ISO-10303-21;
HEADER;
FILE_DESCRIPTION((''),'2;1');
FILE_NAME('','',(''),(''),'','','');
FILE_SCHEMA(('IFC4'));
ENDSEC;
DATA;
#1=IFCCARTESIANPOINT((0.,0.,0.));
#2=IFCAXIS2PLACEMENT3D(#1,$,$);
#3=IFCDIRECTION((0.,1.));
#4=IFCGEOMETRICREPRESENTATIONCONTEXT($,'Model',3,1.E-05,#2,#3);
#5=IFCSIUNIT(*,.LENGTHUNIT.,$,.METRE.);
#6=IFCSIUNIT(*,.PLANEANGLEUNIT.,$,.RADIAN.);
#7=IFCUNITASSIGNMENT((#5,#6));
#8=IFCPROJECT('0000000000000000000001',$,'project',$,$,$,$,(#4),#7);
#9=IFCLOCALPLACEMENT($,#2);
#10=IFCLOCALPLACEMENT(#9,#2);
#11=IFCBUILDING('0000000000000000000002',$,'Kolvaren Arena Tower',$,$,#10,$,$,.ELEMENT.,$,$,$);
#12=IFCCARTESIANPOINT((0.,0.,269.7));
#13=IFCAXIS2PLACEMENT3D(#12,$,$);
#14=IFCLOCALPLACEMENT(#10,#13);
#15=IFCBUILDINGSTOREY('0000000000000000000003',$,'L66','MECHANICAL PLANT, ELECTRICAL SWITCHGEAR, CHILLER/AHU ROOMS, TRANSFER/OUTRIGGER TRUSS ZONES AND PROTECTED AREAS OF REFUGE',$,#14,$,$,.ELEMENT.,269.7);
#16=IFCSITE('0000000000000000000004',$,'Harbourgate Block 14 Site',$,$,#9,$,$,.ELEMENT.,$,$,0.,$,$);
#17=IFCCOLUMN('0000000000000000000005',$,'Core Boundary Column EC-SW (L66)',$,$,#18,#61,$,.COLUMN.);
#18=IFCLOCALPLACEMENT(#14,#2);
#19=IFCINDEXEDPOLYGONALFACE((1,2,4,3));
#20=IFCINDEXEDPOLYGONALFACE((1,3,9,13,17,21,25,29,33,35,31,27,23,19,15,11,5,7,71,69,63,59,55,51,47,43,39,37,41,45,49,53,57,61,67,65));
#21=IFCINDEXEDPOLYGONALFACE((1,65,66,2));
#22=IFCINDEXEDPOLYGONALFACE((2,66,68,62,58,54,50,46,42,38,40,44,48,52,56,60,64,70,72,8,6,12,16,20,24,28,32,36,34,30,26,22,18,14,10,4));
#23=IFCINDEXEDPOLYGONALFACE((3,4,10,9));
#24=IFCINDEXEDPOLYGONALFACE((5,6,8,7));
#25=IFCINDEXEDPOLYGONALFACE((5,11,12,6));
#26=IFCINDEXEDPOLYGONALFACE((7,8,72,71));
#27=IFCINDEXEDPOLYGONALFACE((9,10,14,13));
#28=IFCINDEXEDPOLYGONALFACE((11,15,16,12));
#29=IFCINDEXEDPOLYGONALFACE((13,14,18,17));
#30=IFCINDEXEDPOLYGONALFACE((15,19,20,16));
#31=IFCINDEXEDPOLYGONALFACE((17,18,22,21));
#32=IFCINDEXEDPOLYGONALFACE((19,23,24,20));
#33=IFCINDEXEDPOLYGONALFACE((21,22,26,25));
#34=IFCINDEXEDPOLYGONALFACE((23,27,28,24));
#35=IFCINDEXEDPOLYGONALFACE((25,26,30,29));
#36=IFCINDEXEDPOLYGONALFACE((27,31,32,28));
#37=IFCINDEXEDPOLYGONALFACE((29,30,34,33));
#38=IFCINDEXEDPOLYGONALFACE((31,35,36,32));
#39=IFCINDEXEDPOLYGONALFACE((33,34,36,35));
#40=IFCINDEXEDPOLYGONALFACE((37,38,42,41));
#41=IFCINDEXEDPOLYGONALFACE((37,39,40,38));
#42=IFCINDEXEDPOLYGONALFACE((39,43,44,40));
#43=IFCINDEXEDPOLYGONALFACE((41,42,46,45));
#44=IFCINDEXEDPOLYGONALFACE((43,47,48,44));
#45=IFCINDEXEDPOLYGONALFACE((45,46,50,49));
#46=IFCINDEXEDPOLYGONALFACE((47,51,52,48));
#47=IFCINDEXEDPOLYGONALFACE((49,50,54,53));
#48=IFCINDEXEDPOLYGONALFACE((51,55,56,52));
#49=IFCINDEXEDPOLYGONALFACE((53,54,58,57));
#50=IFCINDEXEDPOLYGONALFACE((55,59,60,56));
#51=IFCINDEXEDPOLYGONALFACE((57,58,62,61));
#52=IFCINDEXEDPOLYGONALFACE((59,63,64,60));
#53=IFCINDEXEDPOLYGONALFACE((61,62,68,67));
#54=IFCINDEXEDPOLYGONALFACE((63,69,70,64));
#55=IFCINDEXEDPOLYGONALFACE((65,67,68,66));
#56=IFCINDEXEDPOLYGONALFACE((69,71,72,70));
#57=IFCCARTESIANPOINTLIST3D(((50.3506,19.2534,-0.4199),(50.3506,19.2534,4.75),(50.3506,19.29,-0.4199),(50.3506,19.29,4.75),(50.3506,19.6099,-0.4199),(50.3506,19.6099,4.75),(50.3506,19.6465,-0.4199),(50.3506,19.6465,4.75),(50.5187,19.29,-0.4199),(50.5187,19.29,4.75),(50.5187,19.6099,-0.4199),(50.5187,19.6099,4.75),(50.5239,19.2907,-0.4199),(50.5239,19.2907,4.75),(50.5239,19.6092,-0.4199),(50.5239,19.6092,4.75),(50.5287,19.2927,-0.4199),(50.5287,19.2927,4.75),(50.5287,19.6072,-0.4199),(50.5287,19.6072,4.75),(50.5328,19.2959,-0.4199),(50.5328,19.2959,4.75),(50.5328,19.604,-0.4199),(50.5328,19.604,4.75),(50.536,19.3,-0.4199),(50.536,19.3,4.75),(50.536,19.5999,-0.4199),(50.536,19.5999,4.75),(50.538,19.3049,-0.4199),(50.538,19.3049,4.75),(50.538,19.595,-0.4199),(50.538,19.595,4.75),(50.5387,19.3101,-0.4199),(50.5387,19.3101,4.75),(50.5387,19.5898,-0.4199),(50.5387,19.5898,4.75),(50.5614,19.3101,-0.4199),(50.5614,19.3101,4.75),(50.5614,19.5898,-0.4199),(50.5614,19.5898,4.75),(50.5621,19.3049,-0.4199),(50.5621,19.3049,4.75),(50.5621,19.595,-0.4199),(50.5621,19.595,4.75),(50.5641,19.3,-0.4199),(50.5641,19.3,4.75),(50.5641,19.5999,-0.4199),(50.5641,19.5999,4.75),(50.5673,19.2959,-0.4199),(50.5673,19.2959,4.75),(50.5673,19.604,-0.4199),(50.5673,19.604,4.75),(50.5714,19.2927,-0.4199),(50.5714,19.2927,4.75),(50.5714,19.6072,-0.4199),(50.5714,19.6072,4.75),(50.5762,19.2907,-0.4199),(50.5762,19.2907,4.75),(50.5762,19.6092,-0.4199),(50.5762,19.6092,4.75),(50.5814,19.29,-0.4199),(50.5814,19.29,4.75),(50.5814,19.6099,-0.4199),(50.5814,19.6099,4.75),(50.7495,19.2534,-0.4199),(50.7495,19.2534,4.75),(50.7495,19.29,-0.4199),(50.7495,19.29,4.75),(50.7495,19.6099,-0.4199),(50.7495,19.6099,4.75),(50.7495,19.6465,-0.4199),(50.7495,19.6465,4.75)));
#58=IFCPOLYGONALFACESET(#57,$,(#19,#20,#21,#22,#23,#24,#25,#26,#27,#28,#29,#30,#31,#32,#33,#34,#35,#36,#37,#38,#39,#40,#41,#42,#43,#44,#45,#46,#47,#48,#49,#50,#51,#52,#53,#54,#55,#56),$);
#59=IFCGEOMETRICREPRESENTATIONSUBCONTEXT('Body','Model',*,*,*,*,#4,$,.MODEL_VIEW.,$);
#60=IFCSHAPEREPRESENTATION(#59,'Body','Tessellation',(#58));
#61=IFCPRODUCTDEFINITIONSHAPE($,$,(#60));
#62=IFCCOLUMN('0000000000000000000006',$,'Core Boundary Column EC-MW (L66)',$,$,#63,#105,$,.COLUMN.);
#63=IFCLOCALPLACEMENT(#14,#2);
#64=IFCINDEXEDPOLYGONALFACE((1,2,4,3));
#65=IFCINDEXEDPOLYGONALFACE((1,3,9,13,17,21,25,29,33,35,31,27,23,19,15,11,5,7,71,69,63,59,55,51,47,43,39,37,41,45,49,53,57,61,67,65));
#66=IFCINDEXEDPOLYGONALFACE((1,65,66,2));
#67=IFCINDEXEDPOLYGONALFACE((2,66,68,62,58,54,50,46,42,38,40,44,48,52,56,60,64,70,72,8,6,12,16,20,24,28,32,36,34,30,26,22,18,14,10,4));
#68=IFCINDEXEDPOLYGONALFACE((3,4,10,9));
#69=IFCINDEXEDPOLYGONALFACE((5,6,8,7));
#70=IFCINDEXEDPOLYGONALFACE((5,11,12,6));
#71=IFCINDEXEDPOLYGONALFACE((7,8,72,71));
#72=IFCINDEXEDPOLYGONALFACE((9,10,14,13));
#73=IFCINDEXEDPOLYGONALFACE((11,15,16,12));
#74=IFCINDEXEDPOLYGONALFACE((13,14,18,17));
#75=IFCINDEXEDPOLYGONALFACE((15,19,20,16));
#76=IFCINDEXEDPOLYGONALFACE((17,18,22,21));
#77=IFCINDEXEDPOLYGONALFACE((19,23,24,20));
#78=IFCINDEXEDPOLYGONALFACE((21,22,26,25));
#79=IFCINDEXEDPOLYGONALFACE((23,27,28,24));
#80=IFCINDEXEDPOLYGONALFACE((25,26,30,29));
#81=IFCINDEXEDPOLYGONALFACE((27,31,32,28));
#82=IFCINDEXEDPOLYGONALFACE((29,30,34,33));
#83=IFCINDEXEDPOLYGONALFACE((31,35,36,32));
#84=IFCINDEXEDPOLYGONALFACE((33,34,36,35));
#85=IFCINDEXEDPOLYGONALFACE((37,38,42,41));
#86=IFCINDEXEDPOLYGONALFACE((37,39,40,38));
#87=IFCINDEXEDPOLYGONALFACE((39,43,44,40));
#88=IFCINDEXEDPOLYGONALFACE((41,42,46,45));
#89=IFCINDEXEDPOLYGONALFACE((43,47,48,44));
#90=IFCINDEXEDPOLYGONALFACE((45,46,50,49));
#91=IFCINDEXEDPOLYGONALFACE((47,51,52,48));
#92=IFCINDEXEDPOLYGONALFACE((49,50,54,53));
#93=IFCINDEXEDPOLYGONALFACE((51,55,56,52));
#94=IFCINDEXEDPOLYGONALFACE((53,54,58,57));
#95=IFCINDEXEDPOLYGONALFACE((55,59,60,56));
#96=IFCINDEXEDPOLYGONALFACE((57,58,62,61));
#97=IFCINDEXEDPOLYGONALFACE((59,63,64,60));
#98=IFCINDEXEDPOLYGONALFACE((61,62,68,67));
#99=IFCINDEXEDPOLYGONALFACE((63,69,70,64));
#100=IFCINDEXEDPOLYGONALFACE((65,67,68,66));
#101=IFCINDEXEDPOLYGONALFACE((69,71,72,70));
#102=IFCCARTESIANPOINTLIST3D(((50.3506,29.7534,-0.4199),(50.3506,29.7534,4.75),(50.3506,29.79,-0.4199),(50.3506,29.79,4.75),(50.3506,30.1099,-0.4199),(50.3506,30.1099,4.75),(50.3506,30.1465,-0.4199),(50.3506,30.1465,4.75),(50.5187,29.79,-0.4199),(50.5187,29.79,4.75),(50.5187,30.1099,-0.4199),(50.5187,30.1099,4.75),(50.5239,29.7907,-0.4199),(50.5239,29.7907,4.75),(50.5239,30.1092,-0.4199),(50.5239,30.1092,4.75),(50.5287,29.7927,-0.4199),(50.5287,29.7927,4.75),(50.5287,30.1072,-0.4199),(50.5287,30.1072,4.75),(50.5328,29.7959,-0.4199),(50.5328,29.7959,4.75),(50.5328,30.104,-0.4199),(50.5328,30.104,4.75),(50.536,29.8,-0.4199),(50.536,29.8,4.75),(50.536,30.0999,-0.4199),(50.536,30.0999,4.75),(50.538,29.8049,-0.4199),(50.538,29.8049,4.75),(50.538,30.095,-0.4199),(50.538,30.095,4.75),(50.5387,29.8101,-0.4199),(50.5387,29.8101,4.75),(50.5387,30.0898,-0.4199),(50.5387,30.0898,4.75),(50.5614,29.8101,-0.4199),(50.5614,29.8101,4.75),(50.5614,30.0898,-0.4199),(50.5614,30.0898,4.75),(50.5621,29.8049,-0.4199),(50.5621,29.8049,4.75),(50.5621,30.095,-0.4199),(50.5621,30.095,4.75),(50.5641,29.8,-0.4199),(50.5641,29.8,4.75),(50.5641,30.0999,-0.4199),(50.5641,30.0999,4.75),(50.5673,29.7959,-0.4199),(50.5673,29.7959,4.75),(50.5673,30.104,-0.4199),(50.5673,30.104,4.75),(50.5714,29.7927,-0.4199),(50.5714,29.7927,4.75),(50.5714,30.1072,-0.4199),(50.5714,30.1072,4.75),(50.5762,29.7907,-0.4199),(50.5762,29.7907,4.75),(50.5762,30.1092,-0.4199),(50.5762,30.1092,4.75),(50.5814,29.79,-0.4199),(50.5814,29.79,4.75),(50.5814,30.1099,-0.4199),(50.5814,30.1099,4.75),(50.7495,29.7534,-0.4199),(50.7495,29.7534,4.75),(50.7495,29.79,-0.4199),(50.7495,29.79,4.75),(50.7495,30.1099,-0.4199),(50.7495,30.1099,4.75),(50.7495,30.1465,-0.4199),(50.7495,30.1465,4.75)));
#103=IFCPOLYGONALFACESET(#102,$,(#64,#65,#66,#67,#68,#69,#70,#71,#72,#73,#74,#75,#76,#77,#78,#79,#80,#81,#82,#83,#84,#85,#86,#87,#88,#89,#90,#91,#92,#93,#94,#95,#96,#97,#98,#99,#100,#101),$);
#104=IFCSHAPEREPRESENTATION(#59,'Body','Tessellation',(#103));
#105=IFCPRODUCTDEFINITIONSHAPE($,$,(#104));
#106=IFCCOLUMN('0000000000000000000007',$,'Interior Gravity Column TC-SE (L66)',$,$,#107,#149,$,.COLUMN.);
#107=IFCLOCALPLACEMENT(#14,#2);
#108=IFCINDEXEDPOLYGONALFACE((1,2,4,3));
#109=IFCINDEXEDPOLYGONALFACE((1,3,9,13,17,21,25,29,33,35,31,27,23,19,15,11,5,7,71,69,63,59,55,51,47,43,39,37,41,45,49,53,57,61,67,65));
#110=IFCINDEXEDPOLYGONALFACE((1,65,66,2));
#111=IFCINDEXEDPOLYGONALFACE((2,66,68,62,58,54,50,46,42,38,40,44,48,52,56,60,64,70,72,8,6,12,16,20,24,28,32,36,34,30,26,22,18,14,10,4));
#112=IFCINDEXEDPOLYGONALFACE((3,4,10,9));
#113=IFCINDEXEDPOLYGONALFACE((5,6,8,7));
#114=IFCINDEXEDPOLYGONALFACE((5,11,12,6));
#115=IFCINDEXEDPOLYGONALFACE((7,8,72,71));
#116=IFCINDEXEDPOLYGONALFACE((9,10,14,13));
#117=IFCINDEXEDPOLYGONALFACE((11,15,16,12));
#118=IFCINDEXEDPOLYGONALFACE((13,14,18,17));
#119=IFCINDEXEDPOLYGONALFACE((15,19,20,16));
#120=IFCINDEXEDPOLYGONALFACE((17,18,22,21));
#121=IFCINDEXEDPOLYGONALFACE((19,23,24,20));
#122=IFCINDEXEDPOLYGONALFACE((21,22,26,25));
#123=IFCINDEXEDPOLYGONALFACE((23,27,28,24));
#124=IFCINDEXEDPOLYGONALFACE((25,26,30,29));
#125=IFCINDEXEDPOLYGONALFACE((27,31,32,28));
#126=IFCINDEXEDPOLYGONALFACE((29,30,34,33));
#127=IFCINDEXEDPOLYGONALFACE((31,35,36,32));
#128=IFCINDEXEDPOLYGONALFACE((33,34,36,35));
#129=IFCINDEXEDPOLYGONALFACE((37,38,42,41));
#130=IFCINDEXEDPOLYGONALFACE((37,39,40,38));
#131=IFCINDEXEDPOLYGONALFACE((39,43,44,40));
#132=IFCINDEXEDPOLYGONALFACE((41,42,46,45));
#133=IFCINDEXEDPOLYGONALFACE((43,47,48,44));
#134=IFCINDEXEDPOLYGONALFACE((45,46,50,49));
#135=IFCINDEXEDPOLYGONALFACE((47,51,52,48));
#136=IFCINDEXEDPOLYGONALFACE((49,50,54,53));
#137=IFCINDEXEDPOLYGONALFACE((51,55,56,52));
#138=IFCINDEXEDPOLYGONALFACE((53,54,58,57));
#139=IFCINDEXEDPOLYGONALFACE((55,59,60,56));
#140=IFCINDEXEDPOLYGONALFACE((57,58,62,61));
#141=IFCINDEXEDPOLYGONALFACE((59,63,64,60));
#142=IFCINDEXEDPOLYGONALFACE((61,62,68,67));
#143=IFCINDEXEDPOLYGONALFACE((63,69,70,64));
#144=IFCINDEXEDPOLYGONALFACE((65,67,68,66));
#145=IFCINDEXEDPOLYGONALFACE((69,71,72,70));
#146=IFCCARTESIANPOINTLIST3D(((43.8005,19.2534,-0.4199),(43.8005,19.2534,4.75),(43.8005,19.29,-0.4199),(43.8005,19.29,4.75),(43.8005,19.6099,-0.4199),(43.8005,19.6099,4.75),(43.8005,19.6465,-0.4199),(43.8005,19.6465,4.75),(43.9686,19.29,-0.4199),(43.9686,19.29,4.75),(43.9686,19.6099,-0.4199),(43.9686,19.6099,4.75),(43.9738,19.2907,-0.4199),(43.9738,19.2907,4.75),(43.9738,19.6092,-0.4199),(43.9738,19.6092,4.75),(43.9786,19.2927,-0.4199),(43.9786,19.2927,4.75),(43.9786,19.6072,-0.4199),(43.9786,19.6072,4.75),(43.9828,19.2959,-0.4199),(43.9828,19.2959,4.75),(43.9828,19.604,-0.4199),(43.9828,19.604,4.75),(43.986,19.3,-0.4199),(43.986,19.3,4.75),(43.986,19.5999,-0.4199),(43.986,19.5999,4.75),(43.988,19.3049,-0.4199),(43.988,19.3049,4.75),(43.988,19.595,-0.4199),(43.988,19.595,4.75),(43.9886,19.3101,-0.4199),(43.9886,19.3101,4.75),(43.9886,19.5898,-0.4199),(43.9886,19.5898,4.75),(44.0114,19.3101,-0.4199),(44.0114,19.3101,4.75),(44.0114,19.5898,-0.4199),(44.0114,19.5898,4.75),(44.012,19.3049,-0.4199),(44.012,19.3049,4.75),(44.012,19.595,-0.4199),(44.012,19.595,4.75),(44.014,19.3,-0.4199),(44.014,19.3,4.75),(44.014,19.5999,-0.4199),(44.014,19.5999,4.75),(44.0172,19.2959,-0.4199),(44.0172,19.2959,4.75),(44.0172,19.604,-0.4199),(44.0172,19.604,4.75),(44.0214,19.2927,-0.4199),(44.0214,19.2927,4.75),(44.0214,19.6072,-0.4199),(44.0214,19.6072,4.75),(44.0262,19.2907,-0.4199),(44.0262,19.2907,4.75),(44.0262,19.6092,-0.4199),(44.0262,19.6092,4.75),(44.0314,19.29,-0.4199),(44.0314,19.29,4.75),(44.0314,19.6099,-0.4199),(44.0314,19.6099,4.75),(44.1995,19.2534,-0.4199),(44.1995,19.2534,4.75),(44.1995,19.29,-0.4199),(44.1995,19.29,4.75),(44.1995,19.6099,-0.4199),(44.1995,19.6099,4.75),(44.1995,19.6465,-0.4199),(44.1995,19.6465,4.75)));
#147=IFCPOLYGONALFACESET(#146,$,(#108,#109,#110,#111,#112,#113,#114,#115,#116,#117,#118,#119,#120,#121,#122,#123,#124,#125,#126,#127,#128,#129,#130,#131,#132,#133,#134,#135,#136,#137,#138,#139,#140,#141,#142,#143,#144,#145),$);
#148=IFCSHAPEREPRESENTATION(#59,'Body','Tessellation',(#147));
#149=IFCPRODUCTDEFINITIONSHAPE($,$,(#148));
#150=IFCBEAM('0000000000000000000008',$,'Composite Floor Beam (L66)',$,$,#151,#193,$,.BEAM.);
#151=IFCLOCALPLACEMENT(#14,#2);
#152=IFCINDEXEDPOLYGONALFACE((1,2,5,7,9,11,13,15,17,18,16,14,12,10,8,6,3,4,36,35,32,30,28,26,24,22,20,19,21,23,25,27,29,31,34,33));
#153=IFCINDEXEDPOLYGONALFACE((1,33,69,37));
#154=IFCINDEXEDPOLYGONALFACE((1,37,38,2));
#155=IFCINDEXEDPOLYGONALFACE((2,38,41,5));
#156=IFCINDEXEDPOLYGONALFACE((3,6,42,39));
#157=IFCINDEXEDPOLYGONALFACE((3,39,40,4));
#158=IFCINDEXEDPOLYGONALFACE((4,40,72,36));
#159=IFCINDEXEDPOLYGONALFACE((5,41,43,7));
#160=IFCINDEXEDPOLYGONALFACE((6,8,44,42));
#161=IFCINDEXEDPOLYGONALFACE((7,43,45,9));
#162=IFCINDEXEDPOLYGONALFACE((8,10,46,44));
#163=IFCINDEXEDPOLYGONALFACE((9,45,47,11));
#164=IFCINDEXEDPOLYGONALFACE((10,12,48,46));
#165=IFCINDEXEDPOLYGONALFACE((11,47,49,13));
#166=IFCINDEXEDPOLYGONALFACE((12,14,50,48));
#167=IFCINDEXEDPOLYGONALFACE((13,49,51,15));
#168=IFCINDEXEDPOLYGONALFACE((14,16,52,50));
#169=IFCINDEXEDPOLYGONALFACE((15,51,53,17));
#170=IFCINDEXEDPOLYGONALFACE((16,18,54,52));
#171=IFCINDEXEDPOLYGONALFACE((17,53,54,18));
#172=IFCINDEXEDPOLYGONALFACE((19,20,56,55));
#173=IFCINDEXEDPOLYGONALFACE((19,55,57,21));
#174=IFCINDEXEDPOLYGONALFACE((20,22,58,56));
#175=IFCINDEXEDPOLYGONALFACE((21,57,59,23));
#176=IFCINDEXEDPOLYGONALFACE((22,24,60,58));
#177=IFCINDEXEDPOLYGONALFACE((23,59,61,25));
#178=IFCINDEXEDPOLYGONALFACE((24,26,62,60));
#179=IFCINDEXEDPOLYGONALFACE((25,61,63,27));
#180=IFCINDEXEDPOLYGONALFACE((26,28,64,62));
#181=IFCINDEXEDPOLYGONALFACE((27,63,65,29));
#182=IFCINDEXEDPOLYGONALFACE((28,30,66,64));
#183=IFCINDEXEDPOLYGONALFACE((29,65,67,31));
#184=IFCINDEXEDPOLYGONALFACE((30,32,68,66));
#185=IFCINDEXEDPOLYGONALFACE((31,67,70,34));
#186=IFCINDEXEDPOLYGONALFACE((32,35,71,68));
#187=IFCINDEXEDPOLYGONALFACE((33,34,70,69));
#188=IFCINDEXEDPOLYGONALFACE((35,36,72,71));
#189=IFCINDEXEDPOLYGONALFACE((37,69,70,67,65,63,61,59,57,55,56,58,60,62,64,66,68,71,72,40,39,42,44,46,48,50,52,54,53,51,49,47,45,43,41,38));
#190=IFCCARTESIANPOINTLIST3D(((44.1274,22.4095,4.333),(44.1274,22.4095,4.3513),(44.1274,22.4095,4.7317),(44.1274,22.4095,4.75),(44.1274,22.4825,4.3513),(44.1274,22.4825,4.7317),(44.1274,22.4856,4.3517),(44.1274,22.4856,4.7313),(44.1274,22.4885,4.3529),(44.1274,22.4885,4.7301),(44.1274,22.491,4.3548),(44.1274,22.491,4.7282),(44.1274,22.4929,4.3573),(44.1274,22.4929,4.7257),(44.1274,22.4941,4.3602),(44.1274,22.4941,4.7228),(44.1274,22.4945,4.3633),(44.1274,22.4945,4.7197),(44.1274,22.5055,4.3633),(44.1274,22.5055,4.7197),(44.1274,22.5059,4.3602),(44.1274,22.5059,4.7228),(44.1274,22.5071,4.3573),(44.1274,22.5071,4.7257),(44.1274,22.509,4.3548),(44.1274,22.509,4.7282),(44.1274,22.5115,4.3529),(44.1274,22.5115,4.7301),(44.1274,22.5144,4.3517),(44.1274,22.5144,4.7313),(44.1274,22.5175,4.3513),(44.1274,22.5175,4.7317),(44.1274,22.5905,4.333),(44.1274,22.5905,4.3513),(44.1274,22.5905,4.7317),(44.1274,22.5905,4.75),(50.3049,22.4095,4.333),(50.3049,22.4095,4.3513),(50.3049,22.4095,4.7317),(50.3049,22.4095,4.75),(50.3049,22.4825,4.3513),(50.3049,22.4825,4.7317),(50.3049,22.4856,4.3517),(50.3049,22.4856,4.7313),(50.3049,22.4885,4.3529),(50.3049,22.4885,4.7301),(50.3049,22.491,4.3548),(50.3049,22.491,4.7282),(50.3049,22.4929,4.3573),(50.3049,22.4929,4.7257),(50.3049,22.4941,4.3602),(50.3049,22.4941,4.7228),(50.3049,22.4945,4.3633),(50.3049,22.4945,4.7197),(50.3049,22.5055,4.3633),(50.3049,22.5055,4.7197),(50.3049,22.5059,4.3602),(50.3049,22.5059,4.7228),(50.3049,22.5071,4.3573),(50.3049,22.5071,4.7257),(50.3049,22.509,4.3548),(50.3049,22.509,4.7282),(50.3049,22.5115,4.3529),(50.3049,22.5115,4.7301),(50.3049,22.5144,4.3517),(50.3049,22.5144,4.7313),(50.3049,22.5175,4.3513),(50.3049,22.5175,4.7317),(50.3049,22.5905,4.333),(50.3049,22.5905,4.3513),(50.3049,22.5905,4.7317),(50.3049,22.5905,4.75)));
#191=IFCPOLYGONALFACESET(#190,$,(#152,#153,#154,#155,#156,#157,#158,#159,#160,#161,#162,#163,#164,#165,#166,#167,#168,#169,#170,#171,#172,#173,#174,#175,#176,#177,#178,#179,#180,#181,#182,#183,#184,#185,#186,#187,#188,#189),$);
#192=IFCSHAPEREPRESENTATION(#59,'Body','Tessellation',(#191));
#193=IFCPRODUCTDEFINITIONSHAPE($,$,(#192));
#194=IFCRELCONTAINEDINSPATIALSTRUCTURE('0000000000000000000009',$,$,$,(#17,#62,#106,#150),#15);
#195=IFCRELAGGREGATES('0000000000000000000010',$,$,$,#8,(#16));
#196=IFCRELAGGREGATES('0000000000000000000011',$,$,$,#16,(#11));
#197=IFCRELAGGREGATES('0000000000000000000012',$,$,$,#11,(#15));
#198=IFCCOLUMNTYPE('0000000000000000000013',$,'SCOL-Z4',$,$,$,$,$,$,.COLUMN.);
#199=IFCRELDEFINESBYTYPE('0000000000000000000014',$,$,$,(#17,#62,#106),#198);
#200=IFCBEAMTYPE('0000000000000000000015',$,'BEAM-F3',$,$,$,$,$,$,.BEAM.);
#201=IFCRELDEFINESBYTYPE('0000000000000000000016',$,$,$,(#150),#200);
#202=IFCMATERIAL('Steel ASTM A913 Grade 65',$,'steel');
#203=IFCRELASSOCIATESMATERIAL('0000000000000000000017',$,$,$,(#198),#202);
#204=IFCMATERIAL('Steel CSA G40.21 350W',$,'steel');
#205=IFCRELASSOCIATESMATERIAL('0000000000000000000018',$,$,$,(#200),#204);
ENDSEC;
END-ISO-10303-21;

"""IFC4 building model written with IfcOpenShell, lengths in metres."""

from ifc_helpers import new_model, si_unit, direction, frame, origin, origin_2d, place, context, subcontext, project, spatial, i_section, extrude, material, material_profile, profile_set, type_object, element, save


model = new_model("IFC4")

# Units and contexts
model_context = context("Model", 3, precision=1e-05, world=origin(), true_north=direction((0.0, 1.0)))
body_context = subcontext(model_context, "Body", "Model", "MODEL_VIEW")
ifc_project = project(units=[si_unit("LENGTHUNIT", "METRE"), si_unit("PLANEANGLEUNIT", "RADIAN")], contexts=[model_context])

# Site, building, storey
site_placement = place(None, origin())
site = spatial("IfcSite", under=ifc_project, at=site_placement, Name="Harbourgate Block 14 Site", CompositionType="ELEMENT", RefElevation=0.0)
building_placement = place(site_placement, origin())
building = spatial("IfcBuilding", under=site, at=building_placement, Name="Kolvaren Arena Tower", CompositionType="ELEMENT")
storey_placement = place(building_placement, frame((0.0, 0.0, 269.7)))
storey = spatial("IfcBuildingStorey", under=building, at=storey_placement, Name="L66", Description="MECHANICAL PLANT, ELECTRICAL SWITCHGEAR, CHILLER/AHU ROOMS, TRANSFER/OUTRIGGER TRUSS ZONES AND PROTECTED AREAS OF REFUGE", CompositionType="ELEMENT", Elevation=269.7)

# Columns
ifc_material_1 = material(Name="Steel ASTM A913 Grade 65", Category="steel")
ifc_material_profile_1 = material_profile(ifc_material_1, i_section(OverallWidth=0.3989, OverallDepth=0.3931, WebThickness=0.0227, FlangeThickness=0.0366, FilletRadius=0.02, at=origin_2d()), Name="W360x287")
ifc_profile_set_1 = profile_set([ifc_material_profile_1], Name="Steel ASTM A913 Grade 65")
column_type = type_object("IfcColumnType", Name="SCOL-Z4", PredefinedType="COLUMN", material=ifc_profile_set_1)
for number, where, z_axis, x_axis, name in (
    (1, (50.55, 19.45, -0.4199), (0.0, 0.0, 1.0), (1.0, 0.0, 0.0), "Core Boundary Column EC-SW (L66)"),
    (2, (50.55, 29.95, -0.4199), (0.0, 0.0, 1.0), (1.0, 0.0, 0.0), "Core Boundary Column EC-MW (L66)"),
    (3, (44.0, 19.45, -0.4199), (0.0, 0.0, 1.0), (1.0, 0.0, 0.0), "Interior Gravity Column TC-SE (L66)"),
):
    element("IfcColumn", number, at=place(storey_placement, frame(where, z_axis=z_axis, x_axis=x_axis)), inside=storey, type_object=column_type, Name=name, PredefinedType="COLUMN", context=body_context, shape_type="SweptSolid", body=[
        extrude(i_section(OverallWidth=0.3989, OverallDepth=0.3931, WebThickness=0.0227, FlangeThickness=0.0366, FilletRadius=0.02, at=origin_2d()), origin(), (0.0, 0.0, 1.0), 5.1699),
    ])

# Beam
ifc_material_2 = material(Name="Steel CSA G40.21 350W", Category="steel")
ifc_material_profile_2 = material_profile(ifc_material_2, i_section(OverallWidth=0.1809, OverallDepth=0.417, WebThickness=0.011, FlangeThickness=0.0183, FilletRadius=0.012, at=origin_2d()), Name="W410x85")
ifc_profile_set_2 = profile_set([ifc_material_profile_2], Name="Steel CSA G40.21 350W")
beam_type_1 = type_object("IfcBeamType", Name="BEAM-F3", PredefinedType="BEAM", material=ifc_profile_set_2)
beam_1_placement = place(storey_placement, frame((44.1274, 22.5, 4.5415), z_axis=(1.0, 0.0, 0.0), x_axis=(0.0, 1.0, 0.0)))
element("IfcBeam", 4, at=beam_1_placement, inside=storey, type_object=beam_type_1, Name="Composite Floor Beam (L66)", PredefinedType="BEAM", context=body_context, shape_type="SweptSolid", body=[
    extrude(i_section(OverallWidth=0.1809, OverallDepth=0.417, WebThickness=0.011, FlangeThickness=0.0183, FilletRadius=0.012, at=origin_2d()), origin(), (0.0, 0.0, 1.0), 6.1775),
])

save(model, "model.ifc")
